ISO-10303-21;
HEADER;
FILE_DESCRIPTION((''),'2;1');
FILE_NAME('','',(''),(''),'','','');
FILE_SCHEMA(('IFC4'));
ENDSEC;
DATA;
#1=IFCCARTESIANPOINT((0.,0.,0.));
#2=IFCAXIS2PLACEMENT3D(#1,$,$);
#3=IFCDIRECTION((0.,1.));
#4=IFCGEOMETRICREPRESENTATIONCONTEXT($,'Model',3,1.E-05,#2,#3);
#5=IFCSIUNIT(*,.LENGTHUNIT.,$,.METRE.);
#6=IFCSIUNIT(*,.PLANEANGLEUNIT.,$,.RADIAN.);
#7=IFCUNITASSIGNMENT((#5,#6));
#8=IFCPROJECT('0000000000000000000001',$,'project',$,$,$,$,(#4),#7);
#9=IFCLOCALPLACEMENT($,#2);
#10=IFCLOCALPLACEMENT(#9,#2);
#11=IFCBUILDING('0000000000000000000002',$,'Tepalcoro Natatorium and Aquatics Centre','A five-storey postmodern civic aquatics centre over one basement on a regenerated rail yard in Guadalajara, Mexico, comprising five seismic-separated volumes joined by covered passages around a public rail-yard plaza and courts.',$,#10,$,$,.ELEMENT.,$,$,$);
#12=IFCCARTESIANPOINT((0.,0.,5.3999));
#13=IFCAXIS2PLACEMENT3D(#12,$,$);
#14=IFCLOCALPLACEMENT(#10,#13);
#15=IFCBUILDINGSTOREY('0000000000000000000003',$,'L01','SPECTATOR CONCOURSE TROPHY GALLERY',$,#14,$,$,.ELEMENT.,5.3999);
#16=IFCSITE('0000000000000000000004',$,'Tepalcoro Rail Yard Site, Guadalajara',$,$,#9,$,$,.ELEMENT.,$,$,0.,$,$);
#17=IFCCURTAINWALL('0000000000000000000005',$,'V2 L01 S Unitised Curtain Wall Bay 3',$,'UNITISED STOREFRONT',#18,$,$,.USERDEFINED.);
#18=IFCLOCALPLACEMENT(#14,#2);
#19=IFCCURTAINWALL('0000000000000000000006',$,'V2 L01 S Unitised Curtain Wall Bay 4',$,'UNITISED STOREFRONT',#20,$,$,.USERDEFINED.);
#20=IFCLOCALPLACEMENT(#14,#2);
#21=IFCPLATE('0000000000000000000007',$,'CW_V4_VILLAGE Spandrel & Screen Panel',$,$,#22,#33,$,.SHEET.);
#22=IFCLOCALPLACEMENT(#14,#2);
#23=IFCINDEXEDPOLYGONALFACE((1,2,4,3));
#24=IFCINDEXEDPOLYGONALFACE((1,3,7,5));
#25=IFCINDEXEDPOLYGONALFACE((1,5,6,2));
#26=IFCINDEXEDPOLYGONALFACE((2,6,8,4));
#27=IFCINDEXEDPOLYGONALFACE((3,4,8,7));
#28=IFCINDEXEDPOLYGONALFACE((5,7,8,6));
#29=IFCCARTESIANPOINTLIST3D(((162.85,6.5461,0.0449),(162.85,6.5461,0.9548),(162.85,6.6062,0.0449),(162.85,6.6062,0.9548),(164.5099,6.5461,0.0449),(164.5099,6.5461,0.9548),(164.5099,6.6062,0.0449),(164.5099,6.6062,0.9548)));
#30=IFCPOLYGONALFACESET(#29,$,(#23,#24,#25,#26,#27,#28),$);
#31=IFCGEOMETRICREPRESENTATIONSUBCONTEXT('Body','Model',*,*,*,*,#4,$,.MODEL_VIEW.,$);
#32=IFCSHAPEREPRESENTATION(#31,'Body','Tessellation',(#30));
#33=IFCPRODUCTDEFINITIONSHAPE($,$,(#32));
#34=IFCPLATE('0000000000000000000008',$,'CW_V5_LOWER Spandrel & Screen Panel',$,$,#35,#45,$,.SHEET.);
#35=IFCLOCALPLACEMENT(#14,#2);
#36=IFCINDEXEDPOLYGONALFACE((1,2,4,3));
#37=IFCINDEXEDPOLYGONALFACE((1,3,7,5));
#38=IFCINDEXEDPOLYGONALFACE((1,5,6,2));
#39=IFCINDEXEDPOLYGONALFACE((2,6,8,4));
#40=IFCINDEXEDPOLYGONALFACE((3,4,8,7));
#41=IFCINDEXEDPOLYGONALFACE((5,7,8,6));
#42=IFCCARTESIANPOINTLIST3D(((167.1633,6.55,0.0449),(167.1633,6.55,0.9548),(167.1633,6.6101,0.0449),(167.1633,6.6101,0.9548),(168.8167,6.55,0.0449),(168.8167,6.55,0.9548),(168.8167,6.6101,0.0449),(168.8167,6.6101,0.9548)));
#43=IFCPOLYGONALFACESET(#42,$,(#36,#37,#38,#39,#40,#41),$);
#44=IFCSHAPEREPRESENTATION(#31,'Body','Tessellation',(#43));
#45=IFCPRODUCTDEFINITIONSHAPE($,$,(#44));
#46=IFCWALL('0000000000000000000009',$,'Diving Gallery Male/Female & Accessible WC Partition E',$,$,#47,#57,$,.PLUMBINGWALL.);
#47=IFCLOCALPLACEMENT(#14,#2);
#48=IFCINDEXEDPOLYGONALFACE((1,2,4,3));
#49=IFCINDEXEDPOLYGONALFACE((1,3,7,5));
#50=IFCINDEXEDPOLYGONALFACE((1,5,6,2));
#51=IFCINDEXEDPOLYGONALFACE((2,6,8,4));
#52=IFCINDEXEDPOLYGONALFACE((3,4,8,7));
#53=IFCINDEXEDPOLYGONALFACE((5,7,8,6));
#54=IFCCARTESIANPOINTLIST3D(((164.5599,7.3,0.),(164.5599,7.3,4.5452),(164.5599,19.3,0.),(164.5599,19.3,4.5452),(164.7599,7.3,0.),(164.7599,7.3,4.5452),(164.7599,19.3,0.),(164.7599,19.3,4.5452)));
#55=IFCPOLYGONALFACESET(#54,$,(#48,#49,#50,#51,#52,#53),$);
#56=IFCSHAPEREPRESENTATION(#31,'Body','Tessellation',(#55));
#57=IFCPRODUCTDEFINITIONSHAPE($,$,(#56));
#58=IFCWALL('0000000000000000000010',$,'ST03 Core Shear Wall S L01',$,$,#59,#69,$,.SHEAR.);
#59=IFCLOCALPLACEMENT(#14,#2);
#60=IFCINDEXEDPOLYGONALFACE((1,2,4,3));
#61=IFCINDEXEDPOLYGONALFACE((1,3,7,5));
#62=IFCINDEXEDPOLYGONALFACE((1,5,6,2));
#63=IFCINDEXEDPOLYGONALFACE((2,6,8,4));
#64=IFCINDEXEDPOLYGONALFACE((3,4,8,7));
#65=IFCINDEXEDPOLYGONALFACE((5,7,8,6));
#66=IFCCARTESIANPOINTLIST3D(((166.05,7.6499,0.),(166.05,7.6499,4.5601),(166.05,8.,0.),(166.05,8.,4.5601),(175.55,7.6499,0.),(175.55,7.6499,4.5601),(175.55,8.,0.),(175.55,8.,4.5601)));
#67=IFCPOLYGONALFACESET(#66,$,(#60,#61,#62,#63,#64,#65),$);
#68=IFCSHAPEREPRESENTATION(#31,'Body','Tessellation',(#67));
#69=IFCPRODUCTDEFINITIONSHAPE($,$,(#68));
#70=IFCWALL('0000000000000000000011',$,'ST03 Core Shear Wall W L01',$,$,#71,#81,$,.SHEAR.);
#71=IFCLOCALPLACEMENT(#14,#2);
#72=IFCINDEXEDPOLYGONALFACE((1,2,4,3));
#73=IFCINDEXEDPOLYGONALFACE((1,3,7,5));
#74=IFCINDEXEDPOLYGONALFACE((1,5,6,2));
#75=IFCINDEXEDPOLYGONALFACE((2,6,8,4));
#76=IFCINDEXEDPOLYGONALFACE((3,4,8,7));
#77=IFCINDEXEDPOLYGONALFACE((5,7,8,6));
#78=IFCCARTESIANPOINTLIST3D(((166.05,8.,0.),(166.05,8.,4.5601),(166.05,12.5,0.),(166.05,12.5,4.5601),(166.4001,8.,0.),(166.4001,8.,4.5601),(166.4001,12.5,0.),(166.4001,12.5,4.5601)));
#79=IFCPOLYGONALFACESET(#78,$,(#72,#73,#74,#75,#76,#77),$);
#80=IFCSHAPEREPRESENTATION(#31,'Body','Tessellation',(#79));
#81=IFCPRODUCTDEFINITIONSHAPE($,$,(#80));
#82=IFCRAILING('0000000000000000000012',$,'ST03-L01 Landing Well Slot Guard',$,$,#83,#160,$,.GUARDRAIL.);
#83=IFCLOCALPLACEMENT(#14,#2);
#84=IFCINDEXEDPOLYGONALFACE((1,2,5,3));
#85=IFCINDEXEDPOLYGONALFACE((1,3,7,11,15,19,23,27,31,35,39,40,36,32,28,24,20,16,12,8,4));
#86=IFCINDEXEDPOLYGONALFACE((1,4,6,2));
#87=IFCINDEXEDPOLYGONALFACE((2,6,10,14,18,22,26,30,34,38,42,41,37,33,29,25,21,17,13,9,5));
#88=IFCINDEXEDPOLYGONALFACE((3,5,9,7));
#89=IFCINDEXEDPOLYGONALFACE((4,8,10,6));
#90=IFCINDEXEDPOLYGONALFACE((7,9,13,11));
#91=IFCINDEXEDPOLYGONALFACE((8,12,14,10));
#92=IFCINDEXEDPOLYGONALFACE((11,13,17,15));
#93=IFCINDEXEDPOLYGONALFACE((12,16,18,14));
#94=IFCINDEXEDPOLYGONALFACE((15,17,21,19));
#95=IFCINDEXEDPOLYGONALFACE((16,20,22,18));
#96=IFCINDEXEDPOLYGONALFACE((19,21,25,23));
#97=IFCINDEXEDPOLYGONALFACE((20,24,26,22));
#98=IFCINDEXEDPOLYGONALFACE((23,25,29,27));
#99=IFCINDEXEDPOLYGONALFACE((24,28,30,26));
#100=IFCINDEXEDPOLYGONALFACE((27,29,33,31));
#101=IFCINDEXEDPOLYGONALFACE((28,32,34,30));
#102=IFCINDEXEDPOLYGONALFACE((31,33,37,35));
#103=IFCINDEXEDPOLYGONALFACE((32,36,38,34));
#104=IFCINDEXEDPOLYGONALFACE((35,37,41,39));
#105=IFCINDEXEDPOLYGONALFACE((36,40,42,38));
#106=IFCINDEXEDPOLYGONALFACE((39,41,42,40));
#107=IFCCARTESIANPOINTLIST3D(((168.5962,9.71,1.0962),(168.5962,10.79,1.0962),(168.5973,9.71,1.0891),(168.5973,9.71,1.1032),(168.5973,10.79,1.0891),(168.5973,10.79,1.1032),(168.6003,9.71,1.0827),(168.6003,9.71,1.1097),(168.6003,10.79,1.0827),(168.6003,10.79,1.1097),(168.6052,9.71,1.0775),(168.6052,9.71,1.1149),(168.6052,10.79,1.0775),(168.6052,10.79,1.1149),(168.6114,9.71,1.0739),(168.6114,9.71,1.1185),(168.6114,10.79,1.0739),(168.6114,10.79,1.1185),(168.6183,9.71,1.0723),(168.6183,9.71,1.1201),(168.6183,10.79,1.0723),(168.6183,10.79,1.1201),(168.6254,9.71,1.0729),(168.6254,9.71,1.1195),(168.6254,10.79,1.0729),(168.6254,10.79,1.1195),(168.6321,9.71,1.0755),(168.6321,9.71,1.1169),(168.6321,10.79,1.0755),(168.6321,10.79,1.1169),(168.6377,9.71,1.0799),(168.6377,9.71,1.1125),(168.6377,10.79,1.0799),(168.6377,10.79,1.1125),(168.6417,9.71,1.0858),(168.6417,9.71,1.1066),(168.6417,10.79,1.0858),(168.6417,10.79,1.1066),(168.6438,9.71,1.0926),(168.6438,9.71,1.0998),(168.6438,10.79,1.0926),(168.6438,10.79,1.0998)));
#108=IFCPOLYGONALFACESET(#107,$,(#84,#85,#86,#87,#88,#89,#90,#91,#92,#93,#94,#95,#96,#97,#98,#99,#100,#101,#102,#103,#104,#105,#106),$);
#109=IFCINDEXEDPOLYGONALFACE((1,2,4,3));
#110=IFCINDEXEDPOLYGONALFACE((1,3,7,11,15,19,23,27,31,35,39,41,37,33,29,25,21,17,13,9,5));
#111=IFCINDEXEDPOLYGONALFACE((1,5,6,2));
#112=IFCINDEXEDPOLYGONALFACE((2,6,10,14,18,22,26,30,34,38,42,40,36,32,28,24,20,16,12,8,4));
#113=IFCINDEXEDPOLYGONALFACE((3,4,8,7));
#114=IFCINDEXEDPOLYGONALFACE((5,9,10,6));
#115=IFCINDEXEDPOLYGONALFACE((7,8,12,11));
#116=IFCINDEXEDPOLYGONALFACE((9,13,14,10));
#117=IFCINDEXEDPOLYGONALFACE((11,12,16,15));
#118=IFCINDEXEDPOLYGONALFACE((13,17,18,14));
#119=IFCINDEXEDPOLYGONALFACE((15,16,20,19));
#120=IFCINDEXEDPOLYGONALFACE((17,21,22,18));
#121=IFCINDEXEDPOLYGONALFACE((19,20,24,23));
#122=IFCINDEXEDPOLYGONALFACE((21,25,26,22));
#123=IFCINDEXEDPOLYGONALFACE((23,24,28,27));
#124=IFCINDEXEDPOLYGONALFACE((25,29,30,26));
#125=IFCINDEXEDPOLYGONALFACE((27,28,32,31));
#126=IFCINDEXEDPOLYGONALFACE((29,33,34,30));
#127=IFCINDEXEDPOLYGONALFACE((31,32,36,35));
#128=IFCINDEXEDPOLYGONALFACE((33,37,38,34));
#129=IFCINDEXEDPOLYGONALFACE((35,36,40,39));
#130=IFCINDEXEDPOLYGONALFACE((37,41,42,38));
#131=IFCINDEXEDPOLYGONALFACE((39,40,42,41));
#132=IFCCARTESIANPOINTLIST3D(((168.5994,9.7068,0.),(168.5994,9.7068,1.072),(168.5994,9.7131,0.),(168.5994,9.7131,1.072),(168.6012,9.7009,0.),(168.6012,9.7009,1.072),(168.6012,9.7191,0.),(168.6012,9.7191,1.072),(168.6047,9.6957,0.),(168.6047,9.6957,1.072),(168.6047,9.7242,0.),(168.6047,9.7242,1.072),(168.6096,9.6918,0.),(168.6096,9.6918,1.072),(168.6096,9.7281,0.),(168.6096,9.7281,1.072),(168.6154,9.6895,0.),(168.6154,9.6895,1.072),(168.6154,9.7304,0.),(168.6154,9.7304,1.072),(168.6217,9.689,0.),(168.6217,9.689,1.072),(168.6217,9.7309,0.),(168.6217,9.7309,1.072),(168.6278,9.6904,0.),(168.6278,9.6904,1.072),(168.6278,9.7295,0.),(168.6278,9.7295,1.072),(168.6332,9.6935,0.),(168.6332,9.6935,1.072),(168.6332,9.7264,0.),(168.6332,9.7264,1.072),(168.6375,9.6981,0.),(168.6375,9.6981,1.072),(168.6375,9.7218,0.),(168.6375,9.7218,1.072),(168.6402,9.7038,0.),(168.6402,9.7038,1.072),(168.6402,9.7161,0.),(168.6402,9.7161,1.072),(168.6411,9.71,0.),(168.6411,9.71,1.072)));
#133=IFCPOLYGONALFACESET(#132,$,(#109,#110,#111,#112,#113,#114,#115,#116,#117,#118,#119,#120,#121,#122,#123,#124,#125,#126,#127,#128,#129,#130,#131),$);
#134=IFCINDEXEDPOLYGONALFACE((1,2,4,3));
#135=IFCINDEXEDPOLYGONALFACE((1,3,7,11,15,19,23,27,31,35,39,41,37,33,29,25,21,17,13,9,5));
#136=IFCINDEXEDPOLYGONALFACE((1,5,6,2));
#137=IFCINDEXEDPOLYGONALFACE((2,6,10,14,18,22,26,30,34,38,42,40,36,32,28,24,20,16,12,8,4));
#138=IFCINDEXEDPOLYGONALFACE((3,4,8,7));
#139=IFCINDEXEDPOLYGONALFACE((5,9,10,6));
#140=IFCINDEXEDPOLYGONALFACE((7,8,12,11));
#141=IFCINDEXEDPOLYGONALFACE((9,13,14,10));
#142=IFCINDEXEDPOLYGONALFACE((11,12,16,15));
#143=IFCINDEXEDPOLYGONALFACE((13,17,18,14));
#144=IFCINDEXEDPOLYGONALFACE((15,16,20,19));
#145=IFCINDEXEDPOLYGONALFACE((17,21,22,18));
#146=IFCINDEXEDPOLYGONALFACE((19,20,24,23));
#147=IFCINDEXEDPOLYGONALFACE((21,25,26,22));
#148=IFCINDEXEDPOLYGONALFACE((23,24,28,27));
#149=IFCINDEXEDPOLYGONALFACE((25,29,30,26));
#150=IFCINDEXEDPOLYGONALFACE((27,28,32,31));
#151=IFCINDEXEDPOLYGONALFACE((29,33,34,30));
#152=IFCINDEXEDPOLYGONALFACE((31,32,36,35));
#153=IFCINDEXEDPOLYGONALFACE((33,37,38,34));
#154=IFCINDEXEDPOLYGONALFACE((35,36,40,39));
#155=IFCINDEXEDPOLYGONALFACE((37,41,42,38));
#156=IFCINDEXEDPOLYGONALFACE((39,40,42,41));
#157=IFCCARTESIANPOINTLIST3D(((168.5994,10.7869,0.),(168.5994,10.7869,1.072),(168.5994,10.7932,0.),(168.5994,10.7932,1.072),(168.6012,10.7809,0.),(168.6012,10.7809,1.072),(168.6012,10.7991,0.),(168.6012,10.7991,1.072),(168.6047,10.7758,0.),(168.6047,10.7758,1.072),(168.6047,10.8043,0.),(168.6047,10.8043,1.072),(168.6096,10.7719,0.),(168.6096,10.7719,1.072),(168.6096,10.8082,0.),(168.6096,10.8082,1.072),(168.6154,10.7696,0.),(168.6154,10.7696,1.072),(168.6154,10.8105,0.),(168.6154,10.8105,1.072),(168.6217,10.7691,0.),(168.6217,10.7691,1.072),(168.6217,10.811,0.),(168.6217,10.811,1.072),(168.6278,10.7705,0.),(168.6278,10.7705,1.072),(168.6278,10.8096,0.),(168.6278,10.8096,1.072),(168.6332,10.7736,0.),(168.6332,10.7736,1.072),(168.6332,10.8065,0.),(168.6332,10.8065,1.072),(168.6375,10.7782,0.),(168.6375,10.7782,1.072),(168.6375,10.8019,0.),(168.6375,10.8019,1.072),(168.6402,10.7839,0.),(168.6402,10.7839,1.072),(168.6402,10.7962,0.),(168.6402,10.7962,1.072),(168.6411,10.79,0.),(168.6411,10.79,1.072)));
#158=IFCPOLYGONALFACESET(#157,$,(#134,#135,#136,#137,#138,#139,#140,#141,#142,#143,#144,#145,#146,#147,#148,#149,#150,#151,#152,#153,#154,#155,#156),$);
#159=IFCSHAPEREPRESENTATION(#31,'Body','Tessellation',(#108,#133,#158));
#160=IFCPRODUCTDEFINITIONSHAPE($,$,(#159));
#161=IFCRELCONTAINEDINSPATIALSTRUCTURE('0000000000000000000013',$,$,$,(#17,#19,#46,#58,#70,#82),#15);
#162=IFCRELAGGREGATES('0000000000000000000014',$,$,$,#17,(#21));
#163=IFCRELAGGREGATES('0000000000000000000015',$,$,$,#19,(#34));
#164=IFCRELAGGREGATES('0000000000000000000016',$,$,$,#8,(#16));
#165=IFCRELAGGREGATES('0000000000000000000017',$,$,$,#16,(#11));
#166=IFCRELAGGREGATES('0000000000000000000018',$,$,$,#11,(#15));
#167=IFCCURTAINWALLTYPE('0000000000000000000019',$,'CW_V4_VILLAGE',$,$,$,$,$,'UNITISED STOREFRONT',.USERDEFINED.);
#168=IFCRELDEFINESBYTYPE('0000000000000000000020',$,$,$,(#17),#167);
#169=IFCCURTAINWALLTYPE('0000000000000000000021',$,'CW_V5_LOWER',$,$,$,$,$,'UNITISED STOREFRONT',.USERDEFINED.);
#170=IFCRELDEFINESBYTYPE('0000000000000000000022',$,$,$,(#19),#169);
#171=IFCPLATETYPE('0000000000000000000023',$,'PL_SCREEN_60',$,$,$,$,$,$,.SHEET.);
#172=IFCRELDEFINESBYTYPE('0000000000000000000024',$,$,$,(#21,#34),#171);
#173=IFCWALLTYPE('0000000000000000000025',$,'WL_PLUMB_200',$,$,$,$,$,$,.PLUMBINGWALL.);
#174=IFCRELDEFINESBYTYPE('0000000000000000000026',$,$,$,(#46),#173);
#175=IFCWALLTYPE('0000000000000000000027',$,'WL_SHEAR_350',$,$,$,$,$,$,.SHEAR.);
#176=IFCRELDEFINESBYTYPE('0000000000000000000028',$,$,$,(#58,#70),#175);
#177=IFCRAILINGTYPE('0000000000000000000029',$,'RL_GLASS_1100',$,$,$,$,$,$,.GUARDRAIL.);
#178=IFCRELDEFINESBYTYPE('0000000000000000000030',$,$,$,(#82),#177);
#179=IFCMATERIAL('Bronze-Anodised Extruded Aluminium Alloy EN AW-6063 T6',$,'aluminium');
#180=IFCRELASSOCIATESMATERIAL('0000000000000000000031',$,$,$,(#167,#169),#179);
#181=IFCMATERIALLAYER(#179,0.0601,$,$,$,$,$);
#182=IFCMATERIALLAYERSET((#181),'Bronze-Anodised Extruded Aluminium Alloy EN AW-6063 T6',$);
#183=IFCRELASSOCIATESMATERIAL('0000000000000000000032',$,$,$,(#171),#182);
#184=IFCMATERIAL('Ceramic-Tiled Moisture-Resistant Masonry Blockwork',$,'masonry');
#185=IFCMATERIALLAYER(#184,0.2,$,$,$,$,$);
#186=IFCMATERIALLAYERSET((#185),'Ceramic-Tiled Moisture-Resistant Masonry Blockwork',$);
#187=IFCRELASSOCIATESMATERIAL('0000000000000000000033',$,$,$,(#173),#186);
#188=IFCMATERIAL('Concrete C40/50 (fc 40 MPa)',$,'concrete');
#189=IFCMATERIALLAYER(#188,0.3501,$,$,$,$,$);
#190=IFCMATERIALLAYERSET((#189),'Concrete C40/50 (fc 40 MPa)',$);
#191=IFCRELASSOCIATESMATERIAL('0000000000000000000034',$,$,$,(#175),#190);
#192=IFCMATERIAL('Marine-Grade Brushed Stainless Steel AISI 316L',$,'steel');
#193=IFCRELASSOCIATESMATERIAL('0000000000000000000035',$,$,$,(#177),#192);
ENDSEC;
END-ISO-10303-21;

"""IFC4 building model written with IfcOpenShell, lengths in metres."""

from ifc_helpers import new_model, si_unit, direction, frame, frame_2d, origin, origin_2d, place, context, subcontext, project, spatial, rectangle, circle, extrude, material, layer, layer_set, type_object, element, aggregate, save


model = new_model("IFC4")

# Units and contexts
model_context = context("Model", 3, precision=1e-05, world=origin(), true_north=direction((0.0, 1.0)))
body_context = subcontext(model_context, "Body", "Model", "MODEL_VIEW")
ifc_project = project(units=[si_unit("LENGTHUNIT", "METRE"), si_unit("PLANEANGLEUNIT", "RADIAN")], contexts=[model_context])

# Site, building, storey
site_placement = place(None, origin())
site = spatial("IfcSite", under=ifc_project, at=site_placement, Name="Tepalcoro Rail Yard Site, Guadalajara", CompositionType="ELEMENT", RefElevation=0.0)
building_placement = place(site_placement, origin())
building = spatial("IfcBuilding", under=site, at=building_placement, Name="Tepalcoro Natatorium and Aquatics Centre", Description="A five-storey postmodern civic aquatics centre over one basement on a regenerated rail yard in Guadalajara, Mexico, comprising five seismic-separated volumes joined by covered passages around a public rail-yard plaza and courts.", CompositionType="ELEMENT")
storey_placement = place(building_placement, frame((0.0, 0.0, 5.3999)))
storey = spatial("IfcBuildingStorey", under=building, at=storey_placement, Name="L01", Description="SPECTATOR CONCOURSE TROPHY GALLERY", CompositionType="ELEMENT", Elevation=5.3999)

# Shared definitions
ifc_material_1 = material(Name="Concrete C40/50 (fc 40 MPa)", Category="concrete")

# Curtain walls
ifc_material_2 = material(Name="Bronze-Anodised Extruded Aluminium Alloy EN AW-6063 T6", Category="aluminium")
curtain_wall_type_1 = type_object("IfcCurtainWallType", Name="CW_V4_VILLAGE", ElementType="UNITISED STOREFRONT", PredefinedType="USERDEFINED", material=ifc_material_2)
curtain_wall_1_placement = place(storey_placement, origin())
curtain_wall_1 = element("IfcCurtainWall", 1, at=curtain_wall_1_placement, inside=storey, type_object=curtain_wall_type_1, Name="V2 L01 S Unitised Curtain Wall Bay 3", ObjectType="UNITISED STOREFRONT", PredefinedType="USERDEFINED")
curtain_wall_type_2 = type_object("IfcCurtainWallType", Name="CW_V5_LOWER", ElementType="UNITISED STOREFRONT", PredefinedType="USERDEFINED", material=ifc_material_2)
curtain_wall_2_placement = place(storey_placement, origin())
curtain_wall_2 = element("IfcCurtainWall", 2, at=curtain_wall_2_placement, inside=storey, type_object=curtain_wall_type_2, Name="V2 L01 S Unitised Curtain Wall Bay 4", ObjectType="UNITISED STOREFRONT", PredefinedType="USERDEFINED")

# Plates
ifc_layer_1 = layer(ifc_material_2, 0.0601)
ifc_layer_set_1 = layer_set([ifc_layer_1], Name="Bronze-Anodised Extruded Aluminium Alloy EN AW-6063 T6")
plate_type_1 = type_object("IfcPlateType", Name="PL_SCREEN_60", PredefinedType="SHEET", material=ifc_layer_set_1)
plate_1_placement = place(storey_placement, frame((163.6799, 6.5762, 0.0449), z_axis=(0.0, 0.0, 1.0), x_axis=(1.0, 0.0, 0.0)))
plate_1 = element("IfcPlate", 3, at=plate_1_placement, type_object=plate_type_1, Name="CW_V4_VILLAGE Spandrel & Screen Panel", PredefinedType="SHEET", context=body_context, shape_type="SweptSolid", body=[
    extrude(rectangle(XDim=1.6599, YDim=0.0601, at=origin_2d()), origin(), (0.0, 0.0, 1.0), 0.9099),
])
aggregate(curtain_wall_1, [plate_1])
plate_2_placement = place(storey_placement, frame((167.99, 6.5801, 0.0449), z_axis=(0.0, 0.0, 1.0), x_axis=(1.0, 0.0, 0.0)))
plate_2 = element("IfcPlate", 4, at=plate_2_placement, type_object=plate_type_1, Name="CW_V5_LOWER Spandrel & Screen Panel", PredefinedType="SHEET", context=body_context, shape_type="SweptSolid", body=[
    extrude(rectangle(XDim=1.6533, YDim=0.0601, at=origin_2d()), origin(), (0.0, 0.0, 1.0), 0.9099),
])
aggregate(curtain_wall_2, [plate_2])

# Walls
ifc_material_3 = material(Name="Ceramic-Tiled Moisture-Resistant Masonry Blockwork", Category="masonry")
ifc_layer_2 = layer(ifc_material_3, 0.2)
ifc_layer_set_2 = layer_set([ifc_layer_2], Name="Ceramic-Tiled Moisture-Resistant Masonry Blockwork")
wall_type_1 = type_object("IfcWallType", Name="WL_PLUMB_200", PredefinedType="PLUMBINGWALL", material=ifc_layer_set_2)
wall_1_placement = place(storey_placement, frame((164.6599, 7.3, 0.0), z_axis=(0.0, 0.0, 1.0), x_axis=(0.0, 1.0, 0.0)))
element("IfcWall", 5, at=wall_1_placement, inside=storey, type_object=wall_type_1, Name="Diving Gallery Male/Female & Accessible WC Partition E", PredefinedType="PLUMBINGWALL", context=body_context, shape_type="SweptSolid", body=[
    extrude(rectangle(XDim=12.0, YDim=0.2, at=frame_2d((6.0, 0.0))), origin(), (0.0, 0.0, 1.0), 4.5452),
])
ifc_layer_3 = layer(ifc_material_1, 0.3501)
ifc_layer_set_3 = layer_set([ifc_layer_3], Name="Concrete C40/50 (fc 40 MPa)")
wall_type_2 = type_object("IfcWallType", Name="WL_SHEAR_350", PredefinedType="SHEAR", material=ifc_layer_set_3)
wall_2_placement = place(storey_placement, frame((166.05, 7.825, 0.0), z_axis=(0.0, 0.0, 1.0), x_axis=(1.0, 0.0, 0.0)))
element("IfcWall", 6, at=wall_2_placement, inside=storey, type_object=wall_type_2, Name="ST03 Core Shear Wall S L01", PredefinedType="SHEAR", context=body_context, shape_type="SweptSolid", body=[
    extrude(rectangle(XDim=9.5, YDim=0.3501, at=frame_2d((4.75, 0.0))), origin(), (0.0, 0.0, 1.0), 4.5601),
])
wall_3_placement = place(storey_placement, frame((166.2251, 8.0, 0.0), z_axis=(0.0, 0.0, 1.0), x_axis=(0.0, 1.0, 0.0)))
element("IfcWall", 7, at=wall_3_placement, inside=storey, type_object=wall_type_2, Name="ST03 Core Shear Wall W L01", PredefinedType="SHEAR", context=body_context, shape_type="SweptSolid", body=[
    extrude(rectangle(XDim=4.5, YDim=0.3501, at=frame_2d((2.25, 0.0))), origin(), (0.0, 0.0, 1.0), 4.5601),
])

# Railing
ifc_material_4 = material(Name="Marine-Grade Brushed Stainless Steel AISI 316L", Category="steel")
railing_type = type_object("IfcRailingType", Name="RL_GLASS_1100", PredefinedType="GUARDRAIL", material=ifc_material_4)
railing_placement = place(storey_placement, frame((168.6201, 9.71, 0.0)))
element("IfcRailing", 8, at=railing_placement, inside=storey, type_object=railing_type, Name="ST03-L01 Landing Well Slot Guard", PredefinedType="GUARDRAIL", context=body_context, shape_type="SweptSolid", body=[
    extrude(circle(Radius=0.0239, at=origin_2d()), frame((0.0, 0.0, 1.0962), z_axis=(0.0, 1.0, 0.0), x_axis=(-1.0, 0.0, 0.0)), (0.0, 0.0, 1.0), 1.0801),
    extrude(circle(Radius=0.021, at=origin_2d()), origin(), (0.0, 0.0, 1.0), 1.072),
    extrude(circle(Radius=0.021, at=origin_2d()), frame((0.0, 1.0801, 0.0)), (0.0, 0.0, 1.0), 1.072),
])

save(model, "model.ifc")
